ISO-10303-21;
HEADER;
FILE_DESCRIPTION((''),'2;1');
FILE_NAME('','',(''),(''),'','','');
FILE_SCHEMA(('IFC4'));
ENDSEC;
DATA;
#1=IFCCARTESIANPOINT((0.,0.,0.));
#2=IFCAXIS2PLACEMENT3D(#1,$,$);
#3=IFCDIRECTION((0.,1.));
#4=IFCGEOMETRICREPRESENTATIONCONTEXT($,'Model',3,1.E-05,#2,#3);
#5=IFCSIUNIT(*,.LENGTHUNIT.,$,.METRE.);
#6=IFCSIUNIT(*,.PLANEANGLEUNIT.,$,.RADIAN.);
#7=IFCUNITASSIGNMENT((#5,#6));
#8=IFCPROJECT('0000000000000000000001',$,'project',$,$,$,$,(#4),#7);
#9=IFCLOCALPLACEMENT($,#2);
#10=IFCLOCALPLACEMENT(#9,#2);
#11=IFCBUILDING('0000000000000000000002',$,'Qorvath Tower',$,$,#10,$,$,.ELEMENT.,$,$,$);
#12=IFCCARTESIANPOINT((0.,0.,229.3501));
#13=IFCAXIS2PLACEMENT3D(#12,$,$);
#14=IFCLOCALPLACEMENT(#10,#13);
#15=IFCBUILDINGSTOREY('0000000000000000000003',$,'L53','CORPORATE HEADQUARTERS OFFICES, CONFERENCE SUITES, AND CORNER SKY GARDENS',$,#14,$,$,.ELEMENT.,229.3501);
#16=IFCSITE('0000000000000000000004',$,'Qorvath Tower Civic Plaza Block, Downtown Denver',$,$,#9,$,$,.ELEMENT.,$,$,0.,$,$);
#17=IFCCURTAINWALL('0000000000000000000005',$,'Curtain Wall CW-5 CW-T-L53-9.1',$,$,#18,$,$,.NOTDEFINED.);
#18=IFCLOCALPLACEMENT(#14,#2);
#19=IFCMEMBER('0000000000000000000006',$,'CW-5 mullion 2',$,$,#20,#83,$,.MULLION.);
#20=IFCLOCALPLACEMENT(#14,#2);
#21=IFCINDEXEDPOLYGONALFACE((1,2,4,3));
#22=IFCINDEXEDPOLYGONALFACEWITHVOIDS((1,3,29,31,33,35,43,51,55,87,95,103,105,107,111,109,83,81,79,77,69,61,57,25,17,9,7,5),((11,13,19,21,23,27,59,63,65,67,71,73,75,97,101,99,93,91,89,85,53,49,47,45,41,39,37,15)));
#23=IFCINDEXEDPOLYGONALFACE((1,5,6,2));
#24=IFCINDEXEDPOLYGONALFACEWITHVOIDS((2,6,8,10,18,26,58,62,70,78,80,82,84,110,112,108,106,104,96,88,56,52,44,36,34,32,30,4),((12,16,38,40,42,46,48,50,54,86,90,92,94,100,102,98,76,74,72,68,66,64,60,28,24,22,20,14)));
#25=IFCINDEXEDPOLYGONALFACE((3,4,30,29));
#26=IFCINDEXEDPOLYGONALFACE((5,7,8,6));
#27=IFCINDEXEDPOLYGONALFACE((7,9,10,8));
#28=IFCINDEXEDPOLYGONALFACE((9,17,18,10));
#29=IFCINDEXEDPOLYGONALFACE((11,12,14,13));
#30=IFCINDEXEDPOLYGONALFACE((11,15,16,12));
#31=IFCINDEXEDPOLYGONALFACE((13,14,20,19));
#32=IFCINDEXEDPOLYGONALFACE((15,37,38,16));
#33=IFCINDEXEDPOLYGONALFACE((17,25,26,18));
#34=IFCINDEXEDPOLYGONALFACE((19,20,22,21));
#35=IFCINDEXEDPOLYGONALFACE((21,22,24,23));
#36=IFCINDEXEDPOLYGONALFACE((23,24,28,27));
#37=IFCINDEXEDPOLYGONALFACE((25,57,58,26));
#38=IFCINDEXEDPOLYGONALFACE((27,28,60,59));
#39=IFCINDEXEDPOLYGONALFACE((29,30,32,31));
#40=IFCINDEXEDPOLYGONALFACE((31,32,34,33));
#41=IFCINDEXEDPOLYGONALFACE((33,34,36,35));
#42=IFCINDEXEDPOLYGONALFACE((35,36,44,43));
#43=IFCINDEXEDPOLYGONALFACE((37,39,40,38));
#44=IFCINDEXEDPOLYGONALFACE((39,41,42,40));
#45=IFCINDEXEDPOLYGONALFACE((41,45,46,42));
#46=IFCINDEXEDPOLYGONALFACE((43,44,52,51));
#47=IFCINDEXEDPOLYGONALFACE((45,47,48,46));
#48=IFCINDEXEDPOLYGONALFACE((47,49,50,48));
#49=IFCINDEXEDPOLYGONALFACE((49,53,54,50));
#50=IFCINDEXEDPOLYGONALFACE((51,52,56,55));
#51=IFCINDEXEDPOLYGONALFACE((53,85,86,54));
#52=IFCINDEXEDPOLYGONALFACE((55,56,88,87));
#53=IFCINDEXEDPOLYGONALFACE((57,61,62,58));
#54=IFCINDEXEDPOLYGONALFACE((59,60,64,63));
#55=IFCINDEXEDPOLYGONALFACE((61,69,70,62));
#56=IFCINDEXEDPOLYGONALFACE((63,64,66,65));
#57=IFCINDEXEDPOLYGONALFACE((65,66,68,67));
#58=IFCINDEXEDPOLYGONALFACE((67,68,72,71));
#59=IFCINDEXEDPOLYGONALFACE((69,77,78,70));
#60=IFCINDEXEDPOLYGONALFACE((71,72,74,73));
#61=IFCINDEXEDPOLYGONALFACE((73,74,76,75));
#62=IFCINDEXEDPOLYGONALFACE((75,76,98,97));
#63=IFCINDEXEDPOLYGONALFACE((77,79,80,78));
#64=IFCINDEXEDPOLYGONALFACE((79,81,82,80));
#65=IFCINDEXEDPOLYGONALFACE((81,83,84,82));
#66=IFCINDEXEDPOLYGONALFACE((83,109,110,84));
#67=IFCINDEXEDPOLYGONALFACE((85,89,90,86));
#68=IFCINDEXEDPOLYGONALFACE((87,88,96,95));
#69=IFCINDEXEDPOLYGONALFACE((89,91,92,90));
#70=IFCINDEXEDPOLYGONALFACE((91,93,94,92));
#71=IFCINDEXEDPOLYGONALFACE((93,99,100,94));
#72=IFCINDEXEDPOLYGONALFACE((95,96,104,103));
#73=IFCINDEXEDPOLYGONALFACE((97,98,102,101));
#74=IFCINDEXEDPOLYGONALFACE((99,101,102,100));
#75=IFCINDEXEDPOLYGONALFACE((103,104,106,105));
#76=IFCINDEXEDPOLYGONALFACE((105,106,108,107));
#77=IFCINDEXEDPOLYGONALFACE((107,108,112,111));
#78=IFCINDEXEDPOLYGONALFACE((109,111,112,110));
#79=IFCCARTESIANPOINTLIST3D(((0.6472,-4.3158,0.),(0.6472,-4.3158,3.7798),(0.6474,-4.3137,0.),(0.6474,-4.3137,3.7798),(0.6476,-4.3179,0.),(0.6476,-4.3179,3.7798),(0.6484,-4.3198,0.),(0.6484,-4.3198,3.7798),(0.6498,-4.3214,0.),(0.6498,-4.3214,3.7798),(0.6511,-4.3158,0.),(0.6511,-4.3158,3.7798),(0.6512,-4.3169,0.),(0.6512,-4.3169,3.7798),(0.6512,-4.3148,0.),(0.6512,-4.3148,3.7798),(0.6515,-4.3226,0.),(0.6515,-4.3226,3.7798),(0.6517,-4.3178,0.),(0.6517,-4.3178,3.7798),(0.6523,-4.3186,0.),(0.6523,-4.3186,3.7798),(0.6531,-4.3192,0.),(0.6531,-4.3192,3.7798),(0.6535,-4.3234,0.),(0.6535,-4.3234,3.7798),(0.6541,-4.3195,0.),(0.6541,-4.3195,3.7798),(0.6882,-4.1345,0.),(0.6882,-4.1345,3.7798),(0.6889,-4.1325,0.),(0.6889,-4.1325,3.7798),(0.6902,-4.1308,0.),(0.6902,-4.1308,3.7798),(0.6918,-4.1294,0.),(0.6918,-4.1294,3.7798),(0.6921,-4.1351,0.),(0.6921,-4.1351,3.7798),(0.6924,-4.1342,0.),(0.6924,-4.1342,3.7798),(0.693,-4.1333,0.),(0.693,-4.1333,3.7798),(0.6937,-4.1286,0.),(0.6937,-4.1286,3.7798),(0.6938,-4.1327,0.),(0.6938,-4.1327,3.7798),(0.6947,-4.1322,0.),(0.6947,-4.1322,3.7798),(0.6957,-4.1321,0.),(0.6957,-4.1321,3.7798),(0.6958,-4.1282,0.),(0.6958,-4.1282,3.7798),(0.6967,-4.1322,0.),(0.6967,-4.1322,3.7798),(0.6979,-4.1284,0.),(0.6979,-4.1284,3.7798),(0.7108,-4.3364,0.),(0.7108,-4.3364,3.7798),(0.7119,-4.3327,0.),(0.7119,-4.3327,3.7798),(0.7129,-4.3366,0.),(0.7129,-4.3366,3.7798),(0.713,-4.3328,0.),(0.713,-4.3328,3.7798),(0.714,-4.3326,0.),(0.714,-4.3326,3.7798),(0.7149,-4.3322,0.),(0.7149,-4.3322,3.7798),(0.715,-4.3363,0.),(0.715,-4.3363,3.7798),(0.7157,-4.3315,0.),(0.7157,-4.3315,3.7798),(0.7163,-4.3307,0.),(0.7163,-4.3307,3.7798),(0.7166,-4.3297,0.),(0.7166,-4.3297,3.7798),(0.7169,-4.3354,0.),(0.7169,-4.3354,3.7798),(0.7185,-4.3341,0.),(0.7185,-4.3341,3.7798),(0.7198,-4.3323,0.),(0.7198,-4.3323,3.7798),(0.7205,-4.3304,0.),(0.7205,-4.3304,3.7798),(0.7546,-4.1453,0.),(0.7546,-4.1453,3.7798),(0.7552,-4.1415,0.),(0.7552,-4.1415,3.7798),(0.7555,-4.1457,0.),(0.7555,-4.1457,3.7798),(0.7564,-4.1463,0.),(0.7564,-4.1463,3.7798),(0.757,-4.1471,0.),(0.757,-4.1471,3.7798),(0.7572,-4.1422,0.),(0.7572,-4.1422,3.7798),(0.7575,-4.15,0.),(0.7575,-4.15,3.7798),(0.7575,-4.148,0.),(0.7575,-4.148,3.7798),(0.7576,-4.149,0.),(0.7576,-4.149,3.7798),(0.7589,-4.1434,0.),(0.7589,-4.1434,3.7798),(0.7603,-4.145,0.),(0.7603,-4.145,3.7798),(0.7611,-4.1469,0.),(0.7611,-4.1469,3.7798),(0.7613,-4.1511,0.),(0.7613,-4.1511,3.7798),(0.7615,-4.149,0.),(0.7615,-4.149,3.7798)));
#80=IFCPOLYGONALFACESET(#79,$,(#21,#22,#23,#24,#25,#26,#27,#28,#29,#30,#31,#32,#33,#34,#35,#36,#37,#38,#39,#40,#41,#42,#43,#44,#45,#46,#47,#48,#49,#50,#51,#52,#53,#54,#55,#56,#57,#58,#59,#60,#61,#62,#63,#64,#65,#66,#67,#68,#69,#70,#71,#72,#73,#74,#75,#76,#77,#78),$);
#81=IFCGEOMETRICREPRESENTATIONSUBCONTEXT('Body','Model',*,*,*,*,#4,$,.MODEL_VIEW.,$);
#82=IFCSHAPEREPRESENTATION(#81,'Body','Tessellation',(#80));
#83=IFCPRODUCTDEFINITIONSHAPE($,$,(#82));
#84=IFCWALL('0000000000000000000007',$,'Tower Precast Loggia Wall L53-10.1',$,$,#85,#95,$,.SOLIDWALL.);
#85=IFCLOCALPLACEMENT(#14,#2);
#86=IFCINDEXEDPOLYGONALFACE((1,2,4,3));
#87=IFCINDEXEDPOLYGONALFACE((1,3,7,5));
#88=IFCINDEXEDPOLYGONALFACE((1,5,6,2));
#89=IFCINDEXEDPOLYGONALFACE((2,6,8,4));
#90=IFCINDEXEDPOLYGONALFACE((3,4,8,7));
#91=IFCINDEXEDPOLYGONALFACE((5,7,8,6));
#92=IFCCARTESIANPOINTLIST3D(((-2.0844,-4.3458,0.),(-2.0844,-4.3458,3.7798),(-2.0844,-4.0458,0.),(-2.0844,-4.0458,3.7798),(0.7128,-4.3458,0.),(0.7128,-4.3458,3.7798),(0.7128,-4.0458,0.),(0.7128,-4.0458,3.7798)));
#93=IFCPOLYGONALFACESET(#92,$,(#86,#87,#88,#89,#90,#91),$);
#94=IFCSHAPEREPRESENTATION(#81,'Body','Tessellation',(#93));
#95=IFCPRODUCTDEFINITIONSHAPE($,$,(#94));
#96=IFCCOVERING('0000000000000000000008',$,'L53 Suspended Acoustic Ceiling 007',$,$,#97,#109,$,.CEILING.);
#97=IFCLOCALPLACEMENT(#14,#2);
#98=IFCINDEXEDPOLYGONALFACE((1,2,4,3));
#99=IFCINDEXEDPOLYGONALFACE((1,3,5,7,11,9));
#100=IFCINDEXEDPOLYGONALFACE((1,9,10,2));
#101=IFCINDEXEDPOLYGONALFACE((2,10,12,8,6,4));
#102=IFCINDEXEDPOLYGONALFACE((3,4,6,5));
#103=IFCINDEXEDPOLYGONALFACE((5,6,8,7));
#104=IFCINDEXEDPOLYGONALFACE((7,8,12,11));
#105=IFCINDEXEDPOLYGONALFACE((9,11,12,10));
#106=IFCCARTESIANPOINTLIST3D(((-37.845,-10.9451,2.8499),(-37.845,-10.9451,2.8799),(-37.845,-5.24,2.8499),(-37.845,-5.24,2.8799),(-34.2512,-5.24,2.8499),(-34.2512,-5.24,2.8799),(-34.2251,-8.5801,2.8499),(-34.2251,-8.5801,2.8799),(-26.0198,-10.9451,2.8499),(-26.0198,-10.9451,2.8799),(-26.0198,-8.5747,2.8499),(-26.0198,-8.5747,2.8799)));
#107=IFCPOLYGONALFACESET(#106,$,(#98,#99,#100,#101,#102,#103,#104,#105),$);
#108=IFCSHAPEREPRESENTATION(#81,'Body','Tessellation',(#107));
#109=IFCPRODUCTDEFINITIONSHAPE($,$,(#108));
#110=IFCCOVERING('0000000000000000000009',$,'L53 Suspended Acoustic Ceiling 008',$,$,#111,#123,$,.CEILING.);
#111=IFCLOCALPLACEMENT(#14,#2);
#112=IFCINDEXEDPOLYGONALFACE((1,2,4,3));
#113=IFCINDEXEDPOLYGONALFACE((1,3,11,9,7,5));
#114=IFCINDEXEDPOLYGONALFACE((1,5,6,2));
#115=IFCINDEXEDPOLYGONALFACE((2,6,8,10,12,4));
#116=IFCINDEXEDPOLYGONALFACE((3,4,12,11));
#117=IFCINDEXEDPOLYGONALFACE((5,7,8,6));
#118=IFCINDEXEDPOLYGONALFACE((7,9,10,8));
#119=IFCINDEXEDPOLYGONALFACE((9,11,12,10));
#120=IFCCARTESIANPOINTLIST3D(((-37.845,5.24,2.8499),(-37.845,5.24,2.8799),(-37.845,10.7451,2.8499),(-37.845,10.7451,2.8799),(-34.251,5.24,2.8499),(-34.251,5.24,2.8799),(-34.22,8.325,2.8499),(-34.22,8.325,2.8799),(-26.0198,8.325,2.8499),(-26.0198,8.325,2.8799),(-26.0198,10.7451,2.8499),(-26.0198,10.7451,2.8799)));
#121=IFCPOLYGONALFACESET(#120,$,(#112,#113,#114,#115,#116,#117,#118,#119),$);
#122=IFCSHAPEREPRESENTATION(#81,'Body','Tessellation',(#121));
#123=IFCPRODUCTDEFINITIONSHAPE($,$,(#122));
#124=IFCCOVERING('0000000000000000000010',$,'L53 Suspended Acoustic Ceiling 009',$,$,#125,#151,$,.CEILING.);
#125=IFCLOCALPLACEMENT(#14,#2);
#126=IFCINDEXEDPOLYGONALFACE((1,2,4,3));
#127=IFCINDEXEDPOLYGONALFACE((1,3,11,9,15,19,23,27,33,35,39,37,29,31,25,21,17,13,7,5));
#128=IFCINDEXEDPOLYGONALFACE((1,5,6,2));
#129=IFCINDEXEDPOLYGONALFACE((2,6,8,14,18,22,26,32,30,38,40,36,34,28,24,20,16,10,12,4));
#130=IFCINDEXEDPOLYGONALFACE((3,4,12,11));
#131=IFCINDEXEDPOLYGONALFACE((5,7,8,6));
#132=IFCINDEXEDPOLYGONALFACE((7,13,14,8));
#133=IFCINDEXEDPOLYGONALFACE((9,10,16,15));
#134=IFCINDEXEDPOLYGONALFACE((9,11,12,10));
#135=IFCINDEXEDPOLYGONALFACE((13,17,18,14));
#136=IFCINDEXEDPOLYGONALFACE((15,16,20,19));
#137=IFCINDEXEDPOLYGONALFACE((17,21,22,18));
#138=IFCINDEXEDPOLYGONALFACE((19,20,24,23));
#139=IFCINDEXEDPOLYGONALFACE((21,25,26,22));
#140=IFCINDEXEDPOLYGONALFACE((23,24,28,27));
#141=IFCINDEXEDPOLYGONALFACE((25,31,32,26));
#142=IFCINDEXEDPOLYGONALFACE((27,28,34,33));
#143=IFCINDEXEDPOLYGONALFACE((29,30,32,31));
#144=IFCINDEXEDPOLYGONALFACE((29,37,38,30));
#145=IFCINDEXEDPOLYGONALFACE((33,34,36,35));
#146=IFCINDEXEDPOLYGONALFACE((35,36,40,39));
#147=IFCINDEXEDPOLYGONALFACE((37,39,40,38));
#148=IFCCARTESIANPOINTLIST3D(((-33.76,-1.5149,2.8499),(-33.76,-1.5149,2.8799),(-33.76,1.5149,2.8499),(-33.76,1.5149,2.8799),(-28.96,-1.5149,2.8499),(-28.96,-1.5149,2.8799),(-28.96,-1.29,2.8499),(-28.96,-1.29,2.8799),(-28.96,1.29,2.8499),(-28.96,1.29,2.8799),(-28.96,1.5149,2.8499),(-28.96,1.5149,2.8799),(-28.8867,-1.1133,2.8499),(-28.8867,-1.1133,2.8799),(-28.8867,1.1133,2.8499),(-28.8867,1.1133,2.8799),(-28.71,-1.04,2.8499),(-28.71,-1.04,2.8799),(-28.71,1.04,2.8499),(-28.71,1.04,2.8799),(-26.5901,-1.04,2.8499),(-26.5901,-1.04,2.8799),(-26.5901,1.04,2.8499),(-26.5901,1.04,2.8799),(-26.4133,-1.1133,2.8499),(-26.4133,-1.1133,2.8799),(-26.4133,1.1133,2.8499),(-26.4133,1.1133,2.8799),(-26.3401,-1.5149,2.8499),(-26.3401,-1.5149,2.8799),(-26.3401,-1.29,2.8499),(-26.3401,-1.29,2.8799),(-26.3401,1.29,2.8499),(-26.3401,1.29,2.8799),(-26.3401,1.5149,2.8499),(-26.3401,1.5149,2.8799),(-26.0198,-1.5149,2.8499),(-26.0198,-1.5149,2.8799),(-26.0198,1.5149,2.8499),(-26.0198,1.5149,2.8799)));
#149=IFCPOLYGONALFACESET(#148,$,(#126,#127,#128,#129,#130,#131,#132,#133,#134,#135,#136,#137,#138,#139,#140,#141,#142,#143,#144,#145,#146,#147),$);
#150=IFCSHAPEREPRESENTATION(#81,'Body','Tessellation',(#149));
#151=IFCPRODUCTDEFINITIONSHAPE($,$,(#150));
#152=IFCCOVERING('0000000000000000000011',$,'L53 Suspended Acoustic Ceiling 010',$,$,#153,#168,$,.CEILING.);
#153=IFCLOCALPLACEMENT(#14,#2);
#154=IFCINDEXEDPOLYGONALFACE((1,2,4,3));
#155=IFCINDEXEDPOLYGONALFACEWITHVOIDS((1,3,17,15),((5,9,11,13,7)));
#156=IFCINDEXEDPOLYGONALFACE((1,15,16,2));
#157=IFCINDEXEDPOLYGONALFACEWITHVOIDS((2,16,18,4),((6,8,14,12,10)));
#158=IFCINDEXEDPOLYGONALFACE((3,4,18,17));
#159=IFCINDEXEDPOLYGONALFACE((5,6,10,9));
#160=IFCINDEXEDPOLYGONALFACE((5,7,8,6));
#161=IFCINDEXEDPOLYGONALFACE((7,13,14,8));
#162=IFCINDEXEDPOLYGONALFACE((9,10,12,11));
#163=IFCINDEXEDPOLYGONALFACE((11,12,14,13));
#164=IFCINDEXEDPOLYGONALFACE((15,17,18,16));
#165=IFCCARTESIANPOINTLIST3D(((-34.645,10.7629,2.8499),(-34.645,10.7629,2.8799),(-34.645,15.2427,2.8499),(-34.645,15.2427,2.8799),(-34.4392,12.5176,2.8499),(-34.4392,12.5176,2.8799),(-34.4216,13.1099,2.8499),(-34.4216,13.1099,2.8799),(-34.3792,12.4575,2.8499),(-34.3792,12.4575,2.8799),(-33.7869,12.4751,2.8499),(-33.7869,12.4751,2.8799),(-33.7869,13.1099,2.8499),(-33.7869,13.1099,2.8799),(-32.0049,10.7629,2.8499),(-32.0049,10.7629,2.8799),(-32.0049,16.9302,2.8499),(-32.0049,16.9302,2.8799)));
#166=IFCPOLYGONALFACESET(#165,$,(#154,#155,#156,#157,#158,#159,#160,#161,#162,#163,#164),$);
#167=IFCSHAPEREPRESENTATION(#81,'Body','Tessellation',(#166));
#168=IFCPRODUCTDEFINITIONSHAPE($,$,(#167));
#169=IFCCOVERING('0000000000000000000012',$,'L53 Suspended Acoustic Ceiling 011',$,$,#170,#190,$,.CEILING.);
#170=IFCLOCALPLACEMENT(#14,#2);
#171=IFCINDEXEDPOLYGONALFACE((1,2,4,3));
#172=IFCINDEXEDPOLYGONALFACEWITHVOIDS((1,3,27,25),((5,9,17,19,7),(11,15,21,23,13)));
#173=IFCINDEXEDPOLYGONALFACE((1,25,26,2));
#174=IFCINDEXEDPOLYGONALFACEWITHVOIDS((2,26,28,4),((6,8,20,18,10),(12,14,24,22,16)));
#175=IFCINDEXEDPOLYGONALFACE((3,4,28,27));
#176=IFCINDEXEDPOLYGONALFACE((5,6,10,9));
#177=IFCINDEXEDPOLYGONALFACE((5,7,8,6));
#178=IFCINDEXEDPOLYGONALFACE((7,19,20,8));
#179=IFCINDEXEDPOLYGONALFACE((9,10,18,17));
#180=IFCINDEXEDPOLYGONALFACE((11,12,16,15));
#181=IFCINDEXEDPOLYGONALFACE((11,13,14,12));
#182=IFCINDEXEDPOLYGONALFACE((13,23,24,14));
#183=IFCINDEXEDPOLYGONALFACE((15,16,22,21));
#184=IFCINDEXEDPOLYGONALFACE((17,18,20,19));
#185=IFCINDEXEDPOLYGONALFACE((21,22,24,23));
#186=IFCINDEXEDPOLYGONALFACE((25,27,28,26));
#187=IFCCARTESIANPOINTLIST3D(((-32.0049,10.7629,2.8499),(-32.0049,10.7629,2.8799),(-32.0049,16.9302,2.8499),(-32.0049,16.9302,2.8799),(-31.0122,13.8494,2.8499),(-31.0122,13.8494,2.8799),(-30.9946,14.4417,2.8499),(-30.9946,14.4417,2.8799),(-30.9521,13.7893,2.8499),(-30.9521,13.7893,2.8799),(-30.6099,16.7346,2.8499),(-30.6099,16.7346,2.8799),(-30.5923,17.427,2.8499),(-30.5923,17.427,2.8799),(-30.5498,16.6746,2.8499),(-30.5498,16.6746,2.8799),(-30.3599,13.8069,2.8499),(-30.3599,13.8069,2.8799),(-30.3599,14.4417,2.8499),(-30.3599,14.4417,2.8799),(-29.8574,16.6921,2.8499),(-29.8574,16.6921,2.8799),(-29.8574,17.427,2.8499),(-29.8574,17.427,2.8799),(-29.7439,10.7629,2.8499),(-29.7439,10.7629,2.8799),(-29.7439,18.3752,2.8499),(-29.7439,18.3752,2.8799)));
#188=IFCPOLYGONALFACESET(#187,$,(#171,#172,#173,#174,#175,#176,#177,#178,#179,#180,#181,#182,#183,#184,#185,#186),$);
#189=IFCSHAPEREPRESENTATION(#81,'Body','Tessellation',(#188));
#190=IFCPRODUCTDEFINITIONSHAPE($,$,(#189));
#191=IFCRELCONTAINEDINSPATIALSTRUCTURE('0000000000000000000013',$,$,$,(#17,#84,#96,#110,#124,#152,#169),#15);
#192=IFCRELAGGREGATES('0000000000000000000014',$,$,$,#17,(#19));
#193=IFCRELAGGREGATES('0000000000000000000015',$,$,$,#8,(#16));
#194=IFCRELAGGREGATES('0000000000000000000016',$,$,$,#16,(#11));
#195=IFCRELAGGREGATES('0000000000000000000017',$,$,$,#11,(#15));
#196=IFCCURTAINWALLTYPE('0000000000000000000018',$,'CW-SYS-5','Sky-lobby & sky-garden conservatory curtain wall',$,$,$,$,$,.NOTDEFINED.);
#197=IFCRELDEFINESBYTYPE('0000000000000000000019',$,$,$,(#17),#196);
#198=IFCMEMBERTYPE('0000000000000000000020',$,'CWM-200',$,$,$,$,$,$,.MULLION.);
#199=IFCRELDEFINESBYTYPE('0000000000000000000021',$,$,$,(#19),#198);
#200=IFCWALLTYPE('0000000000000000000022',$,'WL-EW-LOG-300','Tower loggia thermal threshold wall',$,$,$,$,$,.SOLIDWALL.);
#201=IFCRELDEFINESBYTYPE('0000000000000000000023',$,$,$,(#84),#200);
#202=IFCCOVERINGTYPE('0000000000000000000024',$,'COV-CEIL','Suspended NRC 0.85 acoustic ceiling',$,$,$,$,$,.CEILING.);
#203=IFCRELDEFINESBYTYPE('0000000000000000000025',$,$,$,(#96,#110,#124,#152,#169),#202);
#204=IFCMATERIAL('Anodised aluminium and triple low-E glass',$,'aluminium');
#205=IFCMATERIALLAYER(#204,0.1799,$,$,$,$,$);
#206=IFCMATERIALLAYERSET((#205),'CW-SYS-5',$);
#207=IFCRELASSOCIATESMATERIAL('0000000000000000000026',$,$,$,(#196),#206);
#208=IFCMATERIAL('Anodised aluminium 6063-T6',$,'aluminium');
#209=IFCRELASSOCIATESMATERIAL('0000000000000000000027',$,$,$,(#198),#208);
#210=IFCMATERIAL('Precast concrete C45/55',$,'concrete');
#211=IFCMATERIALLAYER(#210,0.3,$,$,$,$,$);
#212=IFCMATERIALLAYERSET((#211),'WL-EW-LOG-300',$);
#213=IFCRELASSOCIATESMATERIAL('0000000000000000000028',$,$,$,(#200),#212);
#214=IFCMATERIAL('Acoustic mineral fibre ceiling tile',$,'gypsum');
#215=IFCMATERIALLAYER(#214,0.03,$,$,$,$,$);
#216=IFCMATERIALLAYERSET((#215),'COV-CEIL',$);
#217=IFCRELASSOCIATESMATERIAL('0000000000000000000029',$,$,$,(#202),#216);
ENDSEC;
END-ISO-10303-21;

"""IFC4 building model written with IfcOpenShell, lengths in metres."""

from ifc_helpers import new_model, si_unit, direction, frame, frame_2d, origin, origin_2d, place, context, subcontext, project, spatial, polyline, rectangle, hollow_rectangle, outline, extrude, material, layer, layer_set, material_profile, profile_set, type_object, element, aggregate, save


model = new_model("IFC4")

# Units and contexts
model_context = context("Model", 3, precision=1e-05, world=origin(), true_north=direction((0.0, 1.0)))
body_context = subcontext(model_context, "Body", "Model", "MODEL_VIEW")
ifc_project = project(units=[si_unit("LENGTHUNIT", "METRE"), si_unit("PLANEANGLEUNIT", "RADIAN")], contexts=[model_context])

# Site, building, storey
site_placement = place(None, origin())
site = spatial("IfcSite", under=ifc_project, at=site_placement, Name="Qorvath Tower Civic Plaza Block, Downtown Denver", CompositionType="ELEMENT", RefElevation=0.0)
building_placement = place(site_placement, origin())
building = spatial("IfcBuilding", under=site, at=building_placement, Name="Qorvath Tower", CompositionType="ELEMENT")
storey_placement = place(building_placement, frame((0.0, 0.0, 229.3501)))
storey = spatial("IfcBuildingStorey", under=building, at=storey_placement, Name="L53", Description="CORPORATE HEADQUARTERS OFFICES, CONFERENCE SUITES, AND CORNER SKY GARDENS", CompositionType="ELEMENT", Elevation=229.3501)

# Curtain wall, member
ifc_material_1 = material(Name="Anodised aluminium and triple low-E glass", Category="aluminium")
ifc_layer_1 = layer(ifc_material_1, 0.1799)
ifc_layer_set_1 = layer_set([ifc_layer_1], Name="CW-SYS-5")
curtain_wall_type = type_object("IfcCurtainWallType", Name="CW-SYS-5", Description="Sky-lobby & sky-garden conservatory curtain wall", PredefinedType="NOTDEFINED", material=ifc_layer_set_1)
curtain_wall_placement = place(storey_placement, origin())
curtain_wall = element("IfcCurtainWall", 1, at=curtain_wall_placement, inside=storey, type_object=curtain_wall_type, Name="Curtain Wall CW-5 CW-T-L53-9.1", PredefinedType="NOTDEFINED")
ifc_material_2 = material(Name="Anodised aluminium 6063-T6", Category="aluminium")
ifc_material_profile = material_profile(ifc_material_2, hollow_rectangle(XDim=0.075, YDim=0.2, WallThickness=0.0039, InnerFilletRadius=0.0039, OuterFilletRadius=0.0081, at=origin_2d()), Name="CWM 200x75")
ifc_profile_set = profile_set([ifc_material_profile], Name="Anodised aluminium 6063-T6")
member_type = type_object("IfcMemberType", Name="CWM-200", PredefinedType="MULLION", material=ifc_profile_set)
member_placement = place(storey_placement, frame((0.7043, -4.2324, 0.0), z_axis=(0.0, 0.0, 1.0), x_axis=(-0.975053, 0.22197, 0.0)))
member = element("IfcMember", 2, at=member_placement, type_object=member_type, Name="CW-5 mullion 2", PredefinedType="MULLION", context=body_context, shape_type="SweptSolid", body=[
    extrude(hollow_rectangle(XDim=0.075, YDim=0.2, WallThickness=0.0039, InnerFilletRadius=0.0039, OuterFilletRadius=0.0081, at=origin_2d()), origin(), (0.0, 0.0, 1.0), 3.7798),
])
aggregate(curtain_wall, [member])

# Wall
ifc_material_3 = material(Name="Precast concrete C45/55", Category="concrete")
ifc_layer_2 = layer(ifc_material_3, 0.3)
ifc_layer_set_2 = layer_set([ifc_layer_2], Name="WL-EW-LOG-300")
wall_type = type_object("IfcWallType", Name="WL-EW-LOG-300", Description="Tower loggia thermal threshold wall", PredefinedType="SOLIDWALL", material=ifc_layer_set_2)
wall_placement = place(storey_placement, frame((0.7126, -4.1958, 0.0), z_axis=(0.0, 0.0, 1.0), x_axis=(-1.0, 0.0, 0.0)))
element("IfcWall", 3, at=wall_placement, inside=storey, type_object=wall_type, Name="Tower Precast Loggia Wall L53-10.1", PredefinedType="SOLIDWALL", context=body_context, shape_type="SweptSolid", body=[
    extrude(rectangle(XDim=2.7971, YDim=0.3, at=frame_2d((1.3984, 0.0))), origin(), (0.0, 0.0, 1.0), 3.7798),
])

# Coverings
ifc_material_4 = material(Name="Acoustic mineral fibre ceiling tile", Category="gypsum")
ifc_layer_3 = layer(ifc_material_4, 0.03)
ifc_layer_set_3 = layer_set([ifc_layer_3], Name="COV-CEIL")
covering_type_1 = type_object("IfcCoveringType", Name="COV-CEIL", Description="Suspended NRC 0.85 acoustic ceiling", PredefinedType="CEILING", material=ifc_layer_set_3)
covering_1_placement = place(storey_placement, frame((0.0, 0.0, 2.8499)))
element("IfcCovering", 4, at=covering_1_placement, inside=storey, type_object=covering_type_1, Name="L53 Suspended Acoustic Ceiling 007", PredefinedType="CEILING", context=body_context, shape_type="SweptSolid", body=[
    extrude(outline(polyline([(-34.2251, -8.5801), (-34.2512, -5.24), (-37.845, -5.24), (-37.845, -10.9451), (-26.0198, -10.9451), (-26.0198, -8.5747), (-34.2251, -8.5801)])), origin(), (0.0, 0.0, 1.0), 0.03),
])
covering_2_placement = place(storey_placement, frame((0.0, 0.0, 2.8499)))
element("IfcCovering", 5, at=covering_2_placement, inside=storey, type_object=covering_type_1, Name="L53 Suspended Acoustic Ceiling 008", PredefinedType="CEILING", context=body_context, shape_type="SweptSolid", body=[
    extrude(outline(polyline([(-26.0198, 8.325), (-26.0198, 10.7451), (-37.845, 10.7451), (-37.845, 5.24), (-34.251, 5.24), (-34.22, 8.325), (-26.0198, 8.325)])), origin(), (0.0, 0.0, 1.0), 0.03),
])
covering_3_placement = place(storey_placement, frame((0.0, 0.0, 2.8499)))
element("IfcCovering", 6, at=covering_3_placement, inside=storey, type_object=covering_type_1, Name="L53 Suspended Acoustic Ceiling 009", PredefinedType="CEILING", context=body_context, shape_type="SweptSolid", body=[
    extrude(outline(polyline([(-26.0198, -1.5149), (-26.0198, 1.5149), (-26.3401, 1.5149), (-26.3401, 1.29), (-26.4133, 1.1133), (-26.5901, 1.04), (-28.71, 1.04), (-28.8867, 1.1133), (-28.96, 1.29), (-28.96, 1.5149), (-33.76, 1.5149), (-33.76, -1.5149), (-28.96, -1.5149), (-28.96, -1.29), (-28.8867, -1.1133), (-28.71, -1.04), (-26.5901, -1.04), (-26.4133, -1.1133), (-26.3401, -1.29), (-26.3401, -1.5149), (-26.0198, -1.5149)])), origin(), (0.0, 0.0, 1.0), 0.03),
])
covering_4_placement = place(storey_placement, frame((0.0, 0.0, 2.8499)))
element("IfcCovering", 7, at=covering_4_placement, inside=storey, type_object=covering_type_1, Name="L53 Suspended Acoustic Ceiling 010", PredefinedType="CEILING", context=body_context, shape_type="SweptSolid", body=[
    extrude(outline(polyline([(-32.0049, 10.7629), (-32.0049, 16.9302), (-34.645, 15.2427), (-34.645, 10.7629), (-32.0049, 10.7629)]), holes=[polyline([(-34.4392, 12.5176), (-34.4216, 13.1099), (-33.7869, 13.1099), (-33.7869, 12.4751), (-34.3792, 12.4575), (-34.4392, 12.5176)])]), origin(), (0.0, 0.0, 1.0), 0.03),
])
covering_5_placement = place(storey_placement, frame((0.0, 0.0, 2.8499)))
element("IfcCovering", 8, at=covering_5_placement, inside=storey, type_object=covering_type_1, Name="L53 Suspended Acoustic Ceiling 011", PredefinedType="CEILING", context=body_context, shape_type="SweptSolid", body=[
    extrude(outline(polyline([(-29.7439, 10.7629), (-29.7439, 18.3752), (-32.0049, 16.9302), (-32.0049, 10.7629), (-29.7439, 10.7629)]), holes=[polyline([(-30.6099, 16.7346), (-30.5923, 17.427), (-29.8574, 17.427), (-29.8574, 16.6921), (-30.5498, 16.6746), (-30.6099, 16.7346)]), polyline([(-31.0122, 13.8494), (-30.9946, 14.4417), (-30.3599, 14.4417), (-30.3599, 13.8069), (-30.9521, 13.7893), (-31.0122, 13.8494)])]), origin(), (0.0, 0.0, 1.0), 0.03),
])

save(model, "model.ifc")
